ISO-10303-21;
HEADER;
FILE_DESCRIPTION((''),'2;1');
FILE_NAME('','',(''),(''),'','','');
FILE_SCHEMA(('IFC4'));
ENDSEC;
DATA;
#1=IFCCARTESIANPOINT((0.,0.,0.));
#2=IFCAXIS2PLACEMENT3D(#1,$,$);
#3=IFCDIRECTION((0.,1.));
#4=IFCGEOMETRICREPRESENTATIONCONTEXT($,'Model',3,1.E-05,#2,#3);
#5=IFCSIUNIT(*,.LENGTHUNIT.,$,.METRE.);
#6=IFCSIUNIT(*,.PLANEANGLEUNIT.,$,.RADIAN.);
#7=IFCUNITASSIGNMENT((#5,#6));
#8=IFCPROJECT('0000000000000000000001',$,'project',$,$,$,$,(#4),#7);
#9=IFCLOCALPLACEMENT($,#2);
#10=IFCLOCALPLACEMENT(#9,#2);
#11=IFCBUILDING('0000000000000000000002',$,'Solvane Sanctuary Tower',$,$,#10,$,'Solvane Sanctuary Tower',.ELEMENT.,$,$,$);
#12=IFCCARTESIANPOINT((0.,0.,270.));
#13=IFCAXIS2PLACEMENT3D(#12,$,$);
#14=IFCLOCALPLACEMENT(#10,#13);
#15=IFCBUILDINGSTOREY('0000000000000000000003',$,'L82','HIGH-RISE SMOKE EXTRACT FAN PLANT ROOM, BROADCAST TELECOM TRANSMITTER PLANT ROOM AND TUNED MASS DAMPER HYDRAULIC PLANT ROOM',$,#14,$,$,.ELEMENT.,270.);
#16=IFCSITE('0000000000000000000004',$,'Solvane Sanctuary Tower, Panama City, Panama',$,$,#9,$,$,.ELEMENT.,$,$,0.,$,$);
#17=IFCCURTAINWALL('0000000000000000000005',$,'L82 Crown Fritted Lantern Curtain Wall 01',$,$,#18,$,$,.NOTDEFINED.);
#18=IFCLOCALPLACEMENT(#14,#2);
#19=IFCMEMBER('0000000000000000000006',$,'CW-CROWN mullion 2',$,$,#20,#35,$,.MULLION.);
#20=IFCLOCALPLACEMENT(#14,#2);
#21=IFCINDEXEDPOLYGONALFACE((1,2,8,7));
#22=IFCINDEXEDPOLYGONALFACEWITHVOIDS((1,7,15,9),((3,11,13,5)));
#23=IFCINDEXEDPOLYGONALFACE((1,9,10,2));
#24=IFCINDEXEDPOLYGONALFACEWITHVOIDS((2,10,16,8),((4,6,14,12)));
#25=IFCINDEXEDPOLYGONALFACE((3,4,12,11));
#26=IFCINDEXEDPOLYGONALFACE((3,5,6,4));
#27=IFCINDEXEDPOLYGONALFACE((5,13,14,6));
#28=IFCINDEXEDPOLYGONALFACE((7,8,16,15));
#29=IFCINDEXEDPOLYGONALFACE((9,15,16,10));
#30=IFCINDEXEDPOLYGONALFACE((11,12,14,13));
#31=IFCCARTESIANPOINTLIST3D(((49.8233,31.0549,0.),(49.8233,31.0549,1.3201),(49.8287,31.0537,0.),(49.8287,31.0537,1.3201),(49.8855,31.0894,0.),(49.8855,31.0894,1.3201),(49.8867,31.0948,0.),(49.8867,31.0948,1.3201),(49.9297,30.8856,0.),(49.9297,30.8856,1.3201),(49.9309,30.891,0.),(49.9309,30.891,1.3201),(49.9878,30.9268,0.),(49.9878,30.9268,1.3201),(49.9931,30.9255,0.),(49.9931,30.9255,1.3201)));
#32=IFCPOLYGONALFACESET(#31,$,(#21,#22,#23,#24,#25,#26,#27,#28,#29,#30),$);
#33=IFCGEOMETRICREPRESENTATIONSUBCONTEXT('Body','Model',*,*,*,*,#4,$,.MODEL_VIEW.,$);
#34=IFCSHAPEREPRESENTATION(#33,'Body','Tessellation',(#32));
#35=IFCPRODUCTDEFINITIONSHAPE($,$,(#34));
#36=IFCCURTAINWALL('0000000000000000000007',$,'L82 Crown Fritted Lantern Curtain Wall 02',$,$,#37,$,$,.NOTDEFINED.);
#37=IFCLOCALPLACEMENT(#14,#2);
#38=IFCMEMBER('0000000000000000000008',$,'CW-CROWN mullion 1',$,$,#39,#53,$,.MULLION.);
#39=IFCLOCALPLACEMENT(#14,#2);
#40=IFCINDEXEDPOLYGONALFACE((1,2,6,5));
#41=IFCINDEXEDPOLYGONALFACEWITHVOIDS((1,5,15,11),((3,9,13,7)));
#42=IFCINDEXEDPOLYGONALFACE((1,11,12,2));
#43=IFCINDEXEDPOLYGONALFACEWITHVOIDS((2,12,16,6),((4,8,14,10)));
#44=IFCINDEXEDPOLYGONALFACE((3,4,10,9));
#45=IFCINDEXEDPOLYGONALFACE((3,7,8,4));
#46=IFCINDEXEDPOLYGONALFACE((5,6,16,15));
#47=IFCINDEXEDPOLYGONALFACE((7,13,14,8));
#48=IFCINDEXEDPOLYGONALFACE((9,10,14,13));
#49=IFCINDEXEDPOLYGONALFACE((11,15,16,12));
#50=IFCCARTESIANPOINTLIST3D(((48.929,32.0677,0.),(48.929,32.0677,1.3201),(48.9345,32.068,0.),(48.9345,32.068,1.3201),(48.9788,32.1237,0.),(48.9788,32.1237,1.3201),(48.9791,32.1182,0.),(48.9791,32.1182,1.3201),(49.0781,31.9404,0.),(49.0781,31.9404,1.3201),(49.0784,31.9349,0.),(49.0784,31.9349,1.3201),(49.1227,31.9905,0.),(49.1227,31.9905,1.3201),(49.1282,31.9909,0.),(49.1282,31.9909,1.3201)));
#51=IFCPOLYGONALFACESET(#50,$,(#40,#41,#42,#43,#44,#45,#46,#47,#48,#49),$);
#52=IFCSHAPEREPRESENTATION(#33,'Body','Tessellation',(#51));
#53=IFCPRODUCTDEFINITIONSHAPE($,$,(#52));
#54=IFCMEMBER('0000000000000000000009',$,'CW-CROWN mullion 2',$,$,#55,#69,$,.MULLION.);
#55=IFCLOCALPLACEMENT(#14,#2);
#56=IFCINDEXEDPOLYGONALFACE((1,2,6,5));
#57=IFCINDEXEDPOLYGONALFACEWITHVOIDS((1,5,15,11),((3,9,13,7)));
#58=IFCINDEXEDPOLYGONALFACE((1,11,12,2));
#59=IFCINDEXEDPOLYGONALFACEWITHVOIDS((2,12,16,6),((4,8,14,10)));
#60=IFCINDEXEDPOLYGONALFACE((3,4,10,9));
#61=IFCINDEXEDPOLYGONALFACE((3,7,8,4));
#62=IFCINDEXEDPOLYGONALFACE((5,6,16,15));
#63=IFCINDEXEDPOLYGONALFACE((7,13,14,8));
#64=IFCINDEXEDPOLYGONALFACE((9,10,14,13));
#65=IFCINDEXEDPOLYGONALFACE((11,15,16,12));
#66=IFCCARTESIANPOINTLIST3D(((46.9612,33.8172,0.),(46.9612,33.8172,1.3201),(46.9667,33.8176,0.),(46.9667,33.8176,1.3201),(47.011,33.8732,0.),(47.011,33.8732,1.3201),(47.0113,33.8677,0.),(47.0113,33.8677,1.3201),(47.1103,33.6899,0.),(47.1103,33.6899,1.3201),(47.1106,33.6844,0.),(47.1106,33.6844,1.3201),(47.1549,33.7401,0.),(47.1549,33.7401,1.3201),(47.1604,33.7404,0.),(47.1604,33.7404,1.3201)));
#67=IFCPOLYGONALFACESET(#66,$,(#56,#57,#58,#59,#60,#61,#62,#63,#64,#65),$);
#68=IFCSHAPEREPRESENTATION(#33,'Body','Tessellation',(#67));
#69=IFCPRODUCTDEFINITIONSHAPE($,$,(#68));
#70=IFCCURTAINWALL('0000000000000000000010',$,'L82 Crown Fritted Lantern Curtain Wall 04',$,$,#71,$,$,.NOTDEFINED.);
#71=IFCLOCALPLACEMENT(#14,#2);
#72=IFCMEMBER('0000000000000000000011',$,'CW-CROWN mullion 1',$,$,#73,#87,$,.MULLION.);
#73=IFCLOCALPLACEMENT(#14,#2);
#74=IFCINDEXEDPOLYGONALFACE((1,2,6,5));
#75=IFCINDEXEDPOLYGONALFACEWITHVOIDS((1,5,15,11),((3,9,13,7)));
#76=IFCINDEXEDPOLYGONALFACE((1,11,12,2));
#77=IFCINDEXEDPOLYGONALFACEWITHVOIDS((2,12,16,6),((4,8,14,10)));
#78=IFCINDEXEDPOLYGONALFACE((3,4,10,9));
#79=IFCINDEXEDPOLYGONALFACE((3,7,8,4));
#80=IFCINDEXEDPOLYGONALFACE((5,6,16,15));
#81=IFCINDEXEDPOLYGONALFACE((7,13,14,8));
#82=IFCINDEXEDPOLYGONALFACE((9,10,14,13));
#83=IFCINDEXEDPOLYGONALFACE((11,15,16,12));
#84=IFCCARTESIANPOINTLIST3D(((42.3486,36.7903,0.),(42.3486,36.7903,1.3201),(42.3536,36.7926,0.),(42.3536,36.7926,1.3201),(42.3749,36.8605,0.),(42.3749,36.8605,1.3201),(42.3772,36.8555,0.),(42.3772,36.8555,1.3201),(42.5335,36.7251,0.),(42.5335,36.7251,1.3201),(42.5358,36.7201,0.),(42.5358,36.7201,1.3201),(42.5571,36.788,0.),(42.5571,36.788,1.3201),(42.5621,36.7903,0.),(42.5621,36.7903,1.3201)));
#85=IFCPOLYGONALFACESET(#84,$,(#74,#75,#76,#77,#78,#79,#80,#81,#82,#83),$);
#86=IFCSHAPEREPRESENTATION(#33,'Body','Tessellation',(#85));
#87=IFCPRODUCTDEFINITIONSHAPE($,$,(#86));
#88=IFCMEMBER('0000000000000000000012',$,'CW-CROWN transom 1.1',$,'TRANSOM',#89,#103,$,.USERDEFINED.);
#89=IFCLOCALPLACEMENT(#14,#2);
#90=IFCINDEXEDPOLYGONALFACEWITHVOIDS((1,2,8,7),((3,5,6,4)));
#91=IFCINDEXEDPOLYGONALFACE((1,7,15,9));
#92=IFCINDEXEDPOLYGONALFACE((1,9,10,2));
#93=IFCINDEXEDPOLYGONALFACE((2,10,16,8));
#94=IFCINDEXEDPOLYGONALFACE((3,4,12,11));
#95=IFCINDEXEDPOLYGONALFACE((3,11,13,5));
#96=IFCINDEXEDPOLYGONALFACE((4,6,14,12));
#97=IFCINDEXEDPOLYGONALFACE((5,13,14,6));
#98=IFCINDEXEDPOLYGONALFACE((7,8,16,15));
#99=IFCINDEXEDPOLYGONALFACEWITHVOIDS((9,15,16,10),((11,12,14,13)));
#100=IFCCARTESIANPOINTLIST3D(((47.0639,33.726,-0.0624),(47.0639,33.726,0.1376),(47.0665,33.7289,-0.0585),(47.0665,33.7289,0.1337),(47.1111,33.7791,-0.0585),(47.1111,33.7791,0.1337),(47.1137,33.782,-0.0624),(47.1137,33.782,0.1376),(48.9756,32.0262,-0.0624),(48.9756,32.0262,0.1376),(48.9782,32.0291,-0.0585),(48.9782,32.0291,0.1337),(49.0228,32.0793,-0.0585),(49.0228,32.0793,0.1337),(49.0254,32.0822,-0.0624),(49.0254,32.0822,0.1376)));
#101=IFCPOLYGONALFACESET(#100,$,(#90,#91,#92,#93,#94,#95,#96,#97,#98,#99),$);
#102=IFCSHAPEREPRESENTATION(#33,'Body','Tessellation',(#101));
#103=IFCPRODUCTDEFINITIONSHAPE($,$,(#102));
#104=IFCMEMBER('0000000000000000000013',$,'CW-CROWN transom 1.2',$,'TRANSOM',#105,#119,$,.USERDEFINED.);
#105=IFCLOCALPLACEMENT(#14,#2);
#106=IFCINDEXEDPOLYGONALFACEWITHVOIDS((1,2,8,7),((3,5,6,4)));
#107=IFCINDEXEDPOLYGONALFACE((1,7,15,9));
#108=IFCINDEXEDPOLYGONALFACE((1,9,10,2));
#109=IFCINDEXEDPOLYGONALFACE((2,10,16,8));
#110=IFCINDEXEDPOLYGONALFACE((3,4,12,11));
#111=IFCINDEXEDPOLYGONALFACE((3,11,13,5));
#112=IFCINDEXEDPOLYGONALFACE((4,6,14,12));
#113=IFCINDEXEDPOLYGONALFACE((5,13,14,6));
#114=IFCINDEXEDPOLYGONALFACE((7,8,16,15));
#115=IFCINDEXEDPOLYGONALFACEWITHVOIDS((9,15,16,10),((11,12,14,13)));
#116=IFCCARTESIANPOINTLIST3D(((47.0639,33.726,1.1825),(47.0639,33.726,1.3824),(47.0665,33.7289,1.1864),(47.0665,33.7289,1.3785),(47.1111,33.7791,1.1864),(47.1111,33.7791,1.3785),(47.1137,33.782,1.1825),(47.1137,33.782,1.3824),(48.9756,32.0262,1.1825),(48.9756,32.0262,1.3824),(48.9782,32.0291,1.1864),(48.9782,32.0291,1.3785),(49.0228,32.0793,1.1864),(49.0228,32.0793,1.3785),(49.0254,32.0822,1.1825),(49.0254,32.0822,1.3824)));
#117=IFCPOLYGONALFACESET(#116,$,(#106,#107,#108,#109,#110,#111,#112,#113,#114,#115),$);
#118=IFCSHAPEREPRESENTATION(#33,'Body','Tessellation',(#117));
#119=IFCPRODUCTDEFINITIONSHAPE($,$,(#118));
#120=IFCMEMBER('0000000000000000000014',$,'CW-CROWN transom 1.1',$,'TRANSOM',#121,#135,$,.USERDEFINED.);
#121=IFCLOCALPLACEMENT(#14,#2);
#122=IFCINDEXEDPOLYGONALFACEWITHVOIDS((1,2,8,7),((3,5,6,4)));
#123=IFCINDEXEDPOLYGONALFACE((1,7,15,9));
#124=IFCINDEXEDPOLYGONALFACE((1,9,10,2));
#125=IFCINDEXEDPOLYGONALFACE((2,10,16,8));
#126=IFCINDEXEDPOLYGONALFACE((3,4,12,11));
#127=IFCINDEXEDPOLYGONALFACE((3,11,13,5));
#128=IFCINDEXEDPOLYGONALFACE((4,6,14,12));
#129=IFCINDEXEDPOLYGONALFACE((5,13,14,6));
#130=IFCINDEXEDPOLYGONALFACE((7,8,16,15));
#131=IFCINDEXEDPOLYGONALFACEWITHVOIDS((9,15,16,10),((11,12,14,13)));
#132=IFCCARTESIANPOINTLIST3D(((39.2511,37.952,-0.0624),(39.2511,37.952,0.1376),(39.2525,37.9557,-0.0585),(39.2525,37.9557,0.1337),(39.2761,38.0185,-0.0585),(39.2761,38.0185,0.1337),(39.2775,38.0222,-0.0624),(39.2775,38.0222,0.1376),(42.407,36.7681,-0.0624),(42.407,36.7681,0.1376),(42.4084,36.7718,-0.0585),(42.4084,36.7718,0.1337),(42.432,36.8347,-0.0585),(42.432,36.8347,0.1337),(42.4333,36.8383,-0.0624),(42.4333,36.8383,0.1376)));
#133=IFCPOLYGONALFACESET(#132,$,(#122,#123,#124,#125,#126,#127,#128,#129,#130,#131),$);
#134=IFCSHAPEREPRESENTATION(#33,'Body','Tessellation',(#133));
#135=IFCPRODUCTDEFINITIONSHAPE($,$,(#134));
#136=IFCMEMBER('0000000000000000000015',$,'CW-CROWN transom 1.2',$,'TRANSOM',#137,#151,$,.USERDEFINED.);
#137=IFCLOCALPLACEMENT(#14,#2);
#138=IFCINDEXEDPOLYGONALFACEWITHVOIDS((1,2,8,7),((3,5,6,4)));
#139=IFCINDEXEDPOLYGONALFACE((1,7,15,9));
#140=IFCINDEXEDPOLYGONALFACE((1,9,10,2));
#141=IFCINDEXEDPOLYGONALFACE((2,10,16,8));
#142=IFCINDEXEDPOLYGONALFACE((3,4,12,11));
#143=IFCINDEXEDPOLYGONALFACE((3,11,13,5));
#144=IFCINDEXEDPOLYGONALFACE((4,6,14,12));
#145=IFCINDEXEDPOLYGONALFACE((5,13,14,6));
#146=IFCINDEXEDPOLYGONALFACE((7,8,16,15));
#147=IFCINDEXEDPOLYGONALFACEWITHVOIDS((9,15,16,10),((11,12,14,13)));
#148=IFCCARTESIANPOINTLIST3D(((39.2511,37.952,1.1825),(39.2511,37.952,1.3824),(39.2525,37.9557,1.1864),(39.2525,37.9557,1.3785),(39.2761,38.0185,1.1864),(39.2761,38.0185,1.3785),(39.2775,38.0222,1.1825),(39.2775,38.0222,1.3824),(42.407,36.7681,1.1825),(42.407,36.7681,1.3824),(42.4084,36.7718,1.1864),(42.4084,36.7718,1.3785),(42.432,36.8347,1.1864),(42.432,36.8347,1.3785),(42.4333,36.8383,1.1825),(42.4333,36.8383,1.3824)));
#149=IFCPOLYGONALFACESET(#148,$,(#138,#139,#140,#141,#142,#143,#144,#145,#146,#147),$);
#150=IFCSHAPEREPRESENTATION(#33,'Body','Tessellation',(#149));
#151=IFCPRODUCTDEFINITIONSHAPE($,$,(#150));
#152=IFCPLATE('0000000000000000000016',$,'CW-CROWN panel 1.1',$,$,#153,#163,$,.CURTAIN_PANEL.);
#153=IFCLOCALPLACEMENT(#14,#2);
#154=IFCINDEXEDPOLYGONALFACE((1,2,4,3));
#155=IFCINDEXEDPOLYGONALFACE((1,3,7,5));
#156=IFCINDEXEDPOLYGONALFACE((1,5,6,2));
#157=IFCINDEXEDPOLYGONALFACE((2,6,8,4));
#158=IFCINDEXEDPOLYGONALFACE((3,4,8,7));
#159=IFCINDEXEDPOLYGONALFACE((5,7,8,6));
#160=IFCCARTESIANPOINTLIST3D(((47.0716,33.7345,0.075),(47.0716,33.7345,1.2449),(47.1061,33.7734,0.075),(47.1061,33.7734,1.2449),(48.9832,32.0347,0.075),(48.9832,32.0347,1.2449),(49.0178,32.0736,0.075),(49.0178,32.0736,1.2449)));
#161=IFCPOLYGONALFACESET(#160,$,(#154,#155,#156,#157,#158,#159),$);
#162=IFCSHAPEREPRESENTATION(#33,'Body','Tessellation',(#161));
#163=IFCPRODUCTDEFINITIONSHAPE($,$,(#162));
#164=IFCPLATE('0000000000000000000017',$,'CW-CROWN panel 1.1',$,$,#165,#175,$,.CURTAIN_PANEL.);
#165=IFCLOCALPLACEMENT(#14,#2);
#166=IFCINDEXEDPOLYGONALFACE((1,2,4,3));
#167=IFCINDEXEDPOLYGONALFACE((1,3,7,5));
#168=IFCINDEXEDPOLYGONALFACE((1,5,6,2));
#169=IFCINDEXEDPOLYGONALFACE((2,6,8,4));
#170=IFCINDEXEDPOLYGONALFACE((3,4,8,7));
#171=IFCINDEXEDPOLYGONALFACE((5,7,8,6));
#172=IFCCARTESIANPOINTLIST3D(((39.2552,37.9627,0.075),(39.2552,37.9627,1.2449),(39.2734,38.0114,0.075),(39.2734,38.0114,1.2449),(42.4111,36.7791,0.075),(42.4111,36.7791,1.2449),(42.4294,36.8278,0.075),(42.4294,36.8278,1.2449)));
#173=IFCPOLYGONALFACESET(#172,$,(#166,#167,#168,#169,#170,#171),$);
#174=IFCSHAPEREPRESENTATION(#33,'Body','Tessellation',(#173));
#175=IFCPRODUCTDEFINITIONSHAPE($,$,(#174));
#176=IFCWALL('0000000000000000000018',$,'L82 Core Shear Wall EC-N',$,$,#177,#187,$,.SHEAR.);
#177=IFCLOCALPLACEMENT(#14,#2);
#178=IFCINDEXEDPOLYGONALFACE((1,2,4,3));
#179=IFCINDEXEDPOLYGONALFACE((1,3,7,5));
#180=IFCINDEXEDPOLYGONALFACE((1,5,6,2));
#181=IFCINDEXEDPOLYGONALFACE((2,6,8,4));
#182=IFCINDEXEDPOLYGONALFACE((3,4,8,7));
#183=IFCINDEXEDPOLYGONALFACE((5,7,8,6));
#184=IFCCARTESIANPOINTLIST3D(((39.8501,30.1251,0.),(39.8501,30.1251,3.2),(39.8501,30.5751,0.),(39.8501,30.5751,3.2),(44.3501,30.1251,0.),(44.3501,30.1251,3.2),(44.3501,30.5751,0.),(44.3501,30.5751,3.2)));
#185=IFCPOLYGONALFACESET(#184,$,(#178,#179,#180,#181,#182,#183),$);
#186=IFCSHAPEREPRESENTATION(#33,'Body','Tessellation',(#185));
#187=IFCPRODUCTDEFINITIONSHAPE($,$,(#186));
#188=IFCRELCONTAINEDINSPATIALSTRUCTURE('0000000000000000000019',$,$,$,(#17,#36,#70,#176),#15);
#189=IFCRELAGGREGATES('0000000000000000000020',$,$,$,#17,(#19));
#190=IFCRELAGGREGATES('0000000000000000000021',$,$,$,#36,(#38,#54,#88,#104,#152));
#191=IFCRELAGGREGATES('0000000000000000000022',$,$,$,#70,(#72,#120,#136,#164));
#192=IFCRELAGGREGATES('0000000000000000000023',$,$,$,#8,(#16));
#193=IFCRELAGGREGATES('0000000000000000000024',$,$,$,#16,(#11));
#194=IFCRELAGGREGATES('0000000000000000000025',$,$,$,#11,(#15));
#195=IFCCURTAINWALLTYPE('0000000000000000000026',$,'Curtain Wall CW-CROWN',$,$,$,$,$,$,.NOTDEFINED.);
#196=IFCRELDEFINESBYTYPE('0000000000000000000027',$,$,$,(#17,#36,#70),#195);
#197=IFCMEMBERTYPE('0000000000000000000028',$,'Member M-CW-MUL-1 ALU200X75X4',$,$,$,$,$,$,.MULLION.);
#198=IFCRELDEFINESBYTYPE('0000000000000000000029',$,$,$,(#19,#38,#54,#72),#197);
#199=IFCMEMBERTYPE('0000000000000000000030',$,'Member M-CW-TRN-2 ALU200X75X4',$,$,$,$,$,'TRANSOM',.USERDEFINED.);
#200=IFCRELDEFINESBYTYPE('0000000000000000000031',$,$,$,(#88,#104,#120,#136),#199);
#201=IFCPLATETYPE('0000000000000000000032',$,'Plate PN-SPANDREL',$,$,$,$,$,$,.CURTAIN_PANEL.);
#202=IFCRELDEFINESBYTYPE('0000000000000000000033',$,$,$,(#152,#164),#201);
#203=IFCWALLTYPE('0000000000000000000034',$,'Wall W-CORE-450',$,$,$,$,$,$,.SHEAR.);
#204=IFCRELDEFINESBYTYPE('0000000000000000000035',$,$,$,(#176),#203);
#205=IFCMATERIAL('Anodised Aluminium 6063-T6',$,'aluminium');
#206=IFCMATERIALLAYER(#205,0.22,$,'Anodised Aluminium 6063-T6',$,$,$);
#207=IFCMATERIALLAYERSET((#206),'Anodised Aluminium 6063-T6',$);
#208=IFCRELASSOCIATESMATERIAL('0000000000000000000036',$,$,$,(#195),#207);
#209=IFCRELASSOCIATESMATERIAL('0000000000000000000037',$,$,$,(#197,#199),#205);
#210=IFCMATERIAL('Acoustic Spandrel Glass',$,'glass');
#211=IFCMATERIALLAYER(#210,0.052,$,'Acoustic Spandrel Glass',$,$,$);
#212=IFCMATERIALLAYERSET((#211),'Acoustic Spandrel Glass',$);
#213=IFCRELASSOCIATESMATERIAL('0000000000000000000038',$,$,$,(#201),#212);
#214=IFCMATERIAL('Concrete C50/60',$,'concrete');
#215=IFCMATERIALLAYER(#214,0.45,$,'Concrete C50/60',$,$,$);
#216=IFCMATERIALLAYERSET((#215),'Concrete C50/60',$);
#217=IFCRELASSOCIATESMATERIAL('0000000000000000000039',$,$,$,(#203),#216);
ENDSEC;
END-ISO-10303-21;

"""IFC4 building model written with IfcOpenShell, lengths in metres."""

from ifc_helpers import new_model, si_unit, direction, frame, frame_2d, origin, origin_2d, place, context, subcontext, project, spatial, rectangle, hollow_rectangle, extrude, material, layer, layer_set, material_profile, profile_set, type_object, element, aggregate, save


model = new_model("IFC4")

# Units and contexts
model_context = context("Model", 3, precision=1e-05, world=origin(), true_north=direction((0.0, 1.0)))
body_context = subcontext(model_context, "Body", "Model", "MODEL_VIEW")
ifc_project = project(units=[si_unit("LENGTHUNIT", "METRE"), si_unit("PLANEANGLEUNIT", "RADIAN")], contexts=[model_context])

# Site, building, storey
site_placement = place(None, origin())
site = spatial("IfcSite", under=ifc_project, at=site_placement, Name="Solvane Sanctuary Tower, Panama City, Panama", CompositionType="ELEMENT", RefElevation=0.0)
building_placement = place(site_placement, origin())
building = spatial("IfcBuilding", under=site, at=building_placement, Name="Solvane Sanctuary Tower", LongName="Solvane Sanctuary Tower", CompositionType="ELEMENT")
storey_placement = place(building_placement, frame((0.0, 0.0, 270.0)))
storey = spatial("IfcBuildingStorey", under=building, at=storey_placement, Name="L82", Description="HIGH-RISE SMOKE EXTRACT FAN PLANT ROOM, BROADCAST TELECOM TRANSMITTER PLANT ROOM AND TUNED MASS DAMPER HYDRAULIC PLANT ROOM", CompositionType="ELEMENT", Elevation=270.0)

# Curtain wall, member
ifc_material_1 = material(Name="Anodised Aluminium 6063-T6", Category="aluminium")
ifc_layer_1 = layer(ifc_material_1, 0.22, Name="Anodised Aluminium 6063-T6")
ifc_layer_set_1 = layer_set([ifc_layer_1], Name="Anodised Aluminium 6063-T6")
curtain_wall_type = type_object("IfcCurtainWallType", Name="Curtain Wall CW-CROWN", PredefinedType="NOTDEFINED", material=ifc_layer_set_1)
curtain_wall_1_placement = place(storey_placement, origin())
curtain_wall_1 = element("IfcCurtainWall", 1, at=curtain_wall_1_placement, inside=storey, type_object=curtain_wall_type, Name="L82 Crown Fritted Lantern Curtain Wall 01", PredefinedType="NOTDEFINED")
ifc_material_profile_1 = material_profile(ifc_material_1, hollow_rectangle(XDim=0.075, YDim=0.2, WallThickness=0.0039, at=origin_2d()), Name="ALU200X75X4")
ifc_profile_set_1 = profile_set([ifc_material_profile_1], Name="Anodised Aluminium 6063-T6")
member_type_1 = type_object("IfcMemberType", Name="Member M-CW-MUL-1 ALU200X75X4", PredefinedType="MULLION", material=ifc_profile_set_1)
member_1_placement = place(storey_placement, frame((49.9082, 30.9902, 0.0), z_axis=(0.0, 0.0, 1.0), x_axis=(-0.846604, -0.532224, 0.0)))
member_1 = element("IfcMember", 2, at=member_1_placement, type_object=member_type_1, Name="CW-CROWN mullion 2", PredefinedType="MULLION", context=body_context, shape_type="SweptSolid", body=[
    extrude(hollow_rectangle(XDim=0.075, YDim=0.2, WallThickness=0.0039, at=origin_2d()), origin(), (0.0, 0.0, 1.0), 1.3201),
])
aggregate(curtain_wall_1, [member_1])

# Curtain wall, members
curtain_wall_2_placement = place(storey_placement, origin())
curtain_wall_2 = element("IfcCurtainWall", 3, at=curtain_wall_2_placement, inside=storey, type_object=curtain_wall_type, Name="L82 Crown Fritted Lantern Curtain Wall 02", PredefinedType="NOTDEFINED")
member_2_placement = place(storey_placement, frame((49.0286, 32.0293, 0.0), z_axis=(0.0, 0.0, 1.0), x_axis=(-0.664478, -0.747307, 0.0)))
member_2 = element("IfcMember", 4, at=member_2_placement, type_object=member_type_1, Name="CW-CROWN mullion 1", PredefinedType="MULLION", context=body_context, shape_type="SweptSolid", body=[
    extrude(hollow_rectangle(XDim=0.075, YDim=0.2, WallThickness=0.0039, at=origin_2d()), origin(), (0.0, 0.0, 1.0), 1.3201),
])
member_3_placement = place(storey_placement, frame((47.0608, 33.7788, 0.0), z_axis=(0.0, 0.0, 1.0), x_axis=(-0.664478, -0.747307, 0.0)))
member_3 = element("IfcMember", 5, at=member_3_placement, type_object=member_type_1, Name="CW-CROWN mullion 2", PredefinedType="MULLION", context=body_context, shape_type="SweptSolid", body=[
    extrude(hollow_rectangle(XDim=0.075, YDim=0.2, WallThickness=0.0039, at=origin_2d()), origin(), (0.0, 0.0, 1.0), 1.3201),
])

# Curtain wall, member
curtain_wall_3_placement = place(storey_placement, origin())
curtain_wall_3 = element("IfcCurtainWall", 6, at=curtain_wall_3_placement, inside=storey, type_object=curtain_wall_type, Name="L82 Crown Fritted Lantern Curtain Wall 04", PredefinedType="NOTDEFINED")
member_4_placement = place(storey_placement, frame((42.4553, 36.7903, 0.0), z_axis=(0.0, 0.0, 1.0), x_axis=(-0.35117, -0.936312, 0.0)))
member_4 = element("IfcMember", 7, at=member_4_placement, type_object=member_type_1, Name="CW-CROWN mullion 1", PredefinedType="MULLION", context=body_context, shape_type="SweptSolid", body=[
    extrude(hollow_rectangle(XDim=0.075, YDim=0.2, WallThickness=0.0039, at=origin_2d()), origin(), (0.0, 0.0, 1.0), 1.3201),
])

# Members
ifc_material_profile_2 = material_profile(ifc_material_1, hollow_rectangle(XDim=0.075, YDim=0.2, WallThickness=0.0039, at=origin_2d()), Name="ALU200X75X4")
ifc_profile_set_2 = profile_set([ifc_material_profile_2], Name="Anodised Aluminium 6063-T6")
member_type_2 = type_object("IfcMemberType", Name="Member M-CW-TRN-2 ALU200X75X4", ElementType="TRANSOM", PredefinedType="USERDEFINED", material=ifc_profile_set_2)
member_5_placement = place(storey_placement, frame((49.0005, 32.0542, 0.0376), z_axis=(-0.747315, 0.66447, 0.0), x_axis=(-0.66447, -0.747315, 0.0)))
member_5 = element("IfcMember", 8, at=member_5_placement, type_object=member_type_2, Name="CW-CROWN transom 1.1", ObjectType="TRANSOM", PredefinedType="USERDEFINED", context=body_context, shape_type="SweptSolid", body=[
    extrude(hollow_rectangle(XDim=0.075, YDim=0.2, WallThickness=0.0039, at=origin_2d()), origin(), (0.0, 0.0, 1.0), 2.5581),
])
member_6_placement = place(storey_placement, frame((49.0005, 32.0542, 1.2825), z_axis=(-0.747315, 0.66447, 0.0), x_axis=(-0.66447, -0.747315, 0.0)))
member_6 = element("IfcMember", 9, at=member_6_placement, type_object=member_type_2, Name="CW-CROWN transom 1.2", ObjectType="TRANSOM", PredefinedType="USERDEFINED", context=body_context, shape_type="SweptSolid", body=[
    extrude(hollow_rectangle(XDim=0.075, YDim=0.2, WallThickness=0.0039, at=origin_2d()), origin(), (0.0, 0.0, 1.0), 2.5581),
])
member_7_placement = place(storey_placement, frame((42.4202, 36.8032, 0.0376), z_axis=(-0.936287, 0.351235, 0.0), x_axis=(-0.351235, -0.936287, 0.0)))
member_7 = element("IfcMember", 10, at=member_7_placement, type_object=member_type_2, Name="CW-CROWN transom 1.1", ObjectType="TRANSOM", PredefinedType="USERDEFINED", context=body_context, shape_type="SweptSolid", body=[
    extrude(hollow_rectangle(XDim=0.075, YDim=0.2, WallThickness=0.0039, at=origin_2d()), origin(), (0.0, 0.0, 1.0), 3.3706),
])
member_8_placement = place(storey_placement, frame((42.4202, 36.8032, 1.2825), z_axis=(-0.936287, 0.351235, 0.0), x_axis=(-0.351235, -0.936287, 0.0)))
member_8 = element("IfcMember", 11, at=member_8_placement, type_object=member_type_2, Name="CW-CROWN transom 1.2", ObjectType="TRANSOM", PredefinedType="USERDEFINED", context=body_context, shape_type="SweptSolid", body=[
    extrude(hollow_rectangle(XDim=0.075, YDim=0.2, WallThickness=0.0039, at=origin_2d()), origin(), (0.0, 0.0, 1.0), 3.3706),
])

# Plates
ifc_material_2 = material(Name="Acoustic Spandrel Glass", Category="glass")
ifc_layer_2 = layer(ifc_material_2, 0.052, Name="Acoustic Spandrel Glass")
ifc_layer_set_2 = layer_set([ifc_layer_2], Name="Acoustic Spandrel Glass")
plate_type = type_object("IfcPlateType", Name="Plate PN-SPANDREL", PredefinedType="CURTAIN_PANEL", material=ifc_layer_set_2)
plate_1_placement = place(storey_placement, frame((48.0447, 32.9041, 0.075), z_axis=(0.0, 0.0, 1.0), x_axis=(-0.747307, 0.664478, 0.0)))
plate_1 = element("IfcPlate", 12, at=plate_1_placement, type_object=plate_type, Name="CW-CROWN panel 1.1", PredefinedType="CURTAIN_PANEL", context=body_context, shape_type="SweptSolid", body=[
    extrude(rectangle(XDim=2.5581, YDim=0.052, at=origin_2d()), origin(), (0.0, 0.0, 1.0), 1.1699),
])
aggregate(curtain_wall_2, [member_2, member_3, member_5, member_6, plate_1])
plate_2_placement = place(storey_placement, frame((40.8423, 37.3953, 0.075), z_axis=(0.0, 0.0, 1.0), x_axis=(-0.936312, 0.35117, 0.0)))
plate_2 = element("IfcPlate", 13, at=plate_2_placement, type_object=plate_type, Name="CW-CROWN panel 1.1", PredefinedType="CURTAIN_PANEL", context=body_context, shape_type="SweptSolid", body=[
    extrude(rectangle(XDim=3.3706, YDim=0.052, at=origin_2d()), origin(), (0.0, 0.0, 1.0), 1.1699),
])
aggregate(curtain_wall_3, [member_4, member_7, member_8, plate_2])

# Wall
ifc_material_3 = material(Name="Concrete C50/60", Category="concrete")
ifc_layer_3 = layer(ifc_material_3, 0.45, Name="Concrete C50/60")
ifc_layer_set_3 = layer_set([ifc_layer_3], Name="Concrete C50/60")
wall_type_1 = type_object("IfcWallType", Name="Wall W-CORE-450", PredefinedType="SHEAR", material=ifc_layer_set_3)
wall_1_placement = place(storey_placement, frame((39.8501, 30.3501, 0.0), z_axis=(0.0, 0.0, 1.0), x_axis=(1.0, 0.0, 0.0)))
element("IfcWall", 14, at=wall_1_placement, inside=storey, type_object=wall_type_1, Name="L82 Core Shear Wall EC-N", PredefinedType="SHEAR", context=body_context, shape_type="SweptSolid", body=[
    extrude(rectangle(XDim=4.5, YDim=0.45, at=frame_2d((2.25, 0.0))), origin(), (0.0, 0.0, 1.0), 3.2),
])

save(model, "model.ifc")
